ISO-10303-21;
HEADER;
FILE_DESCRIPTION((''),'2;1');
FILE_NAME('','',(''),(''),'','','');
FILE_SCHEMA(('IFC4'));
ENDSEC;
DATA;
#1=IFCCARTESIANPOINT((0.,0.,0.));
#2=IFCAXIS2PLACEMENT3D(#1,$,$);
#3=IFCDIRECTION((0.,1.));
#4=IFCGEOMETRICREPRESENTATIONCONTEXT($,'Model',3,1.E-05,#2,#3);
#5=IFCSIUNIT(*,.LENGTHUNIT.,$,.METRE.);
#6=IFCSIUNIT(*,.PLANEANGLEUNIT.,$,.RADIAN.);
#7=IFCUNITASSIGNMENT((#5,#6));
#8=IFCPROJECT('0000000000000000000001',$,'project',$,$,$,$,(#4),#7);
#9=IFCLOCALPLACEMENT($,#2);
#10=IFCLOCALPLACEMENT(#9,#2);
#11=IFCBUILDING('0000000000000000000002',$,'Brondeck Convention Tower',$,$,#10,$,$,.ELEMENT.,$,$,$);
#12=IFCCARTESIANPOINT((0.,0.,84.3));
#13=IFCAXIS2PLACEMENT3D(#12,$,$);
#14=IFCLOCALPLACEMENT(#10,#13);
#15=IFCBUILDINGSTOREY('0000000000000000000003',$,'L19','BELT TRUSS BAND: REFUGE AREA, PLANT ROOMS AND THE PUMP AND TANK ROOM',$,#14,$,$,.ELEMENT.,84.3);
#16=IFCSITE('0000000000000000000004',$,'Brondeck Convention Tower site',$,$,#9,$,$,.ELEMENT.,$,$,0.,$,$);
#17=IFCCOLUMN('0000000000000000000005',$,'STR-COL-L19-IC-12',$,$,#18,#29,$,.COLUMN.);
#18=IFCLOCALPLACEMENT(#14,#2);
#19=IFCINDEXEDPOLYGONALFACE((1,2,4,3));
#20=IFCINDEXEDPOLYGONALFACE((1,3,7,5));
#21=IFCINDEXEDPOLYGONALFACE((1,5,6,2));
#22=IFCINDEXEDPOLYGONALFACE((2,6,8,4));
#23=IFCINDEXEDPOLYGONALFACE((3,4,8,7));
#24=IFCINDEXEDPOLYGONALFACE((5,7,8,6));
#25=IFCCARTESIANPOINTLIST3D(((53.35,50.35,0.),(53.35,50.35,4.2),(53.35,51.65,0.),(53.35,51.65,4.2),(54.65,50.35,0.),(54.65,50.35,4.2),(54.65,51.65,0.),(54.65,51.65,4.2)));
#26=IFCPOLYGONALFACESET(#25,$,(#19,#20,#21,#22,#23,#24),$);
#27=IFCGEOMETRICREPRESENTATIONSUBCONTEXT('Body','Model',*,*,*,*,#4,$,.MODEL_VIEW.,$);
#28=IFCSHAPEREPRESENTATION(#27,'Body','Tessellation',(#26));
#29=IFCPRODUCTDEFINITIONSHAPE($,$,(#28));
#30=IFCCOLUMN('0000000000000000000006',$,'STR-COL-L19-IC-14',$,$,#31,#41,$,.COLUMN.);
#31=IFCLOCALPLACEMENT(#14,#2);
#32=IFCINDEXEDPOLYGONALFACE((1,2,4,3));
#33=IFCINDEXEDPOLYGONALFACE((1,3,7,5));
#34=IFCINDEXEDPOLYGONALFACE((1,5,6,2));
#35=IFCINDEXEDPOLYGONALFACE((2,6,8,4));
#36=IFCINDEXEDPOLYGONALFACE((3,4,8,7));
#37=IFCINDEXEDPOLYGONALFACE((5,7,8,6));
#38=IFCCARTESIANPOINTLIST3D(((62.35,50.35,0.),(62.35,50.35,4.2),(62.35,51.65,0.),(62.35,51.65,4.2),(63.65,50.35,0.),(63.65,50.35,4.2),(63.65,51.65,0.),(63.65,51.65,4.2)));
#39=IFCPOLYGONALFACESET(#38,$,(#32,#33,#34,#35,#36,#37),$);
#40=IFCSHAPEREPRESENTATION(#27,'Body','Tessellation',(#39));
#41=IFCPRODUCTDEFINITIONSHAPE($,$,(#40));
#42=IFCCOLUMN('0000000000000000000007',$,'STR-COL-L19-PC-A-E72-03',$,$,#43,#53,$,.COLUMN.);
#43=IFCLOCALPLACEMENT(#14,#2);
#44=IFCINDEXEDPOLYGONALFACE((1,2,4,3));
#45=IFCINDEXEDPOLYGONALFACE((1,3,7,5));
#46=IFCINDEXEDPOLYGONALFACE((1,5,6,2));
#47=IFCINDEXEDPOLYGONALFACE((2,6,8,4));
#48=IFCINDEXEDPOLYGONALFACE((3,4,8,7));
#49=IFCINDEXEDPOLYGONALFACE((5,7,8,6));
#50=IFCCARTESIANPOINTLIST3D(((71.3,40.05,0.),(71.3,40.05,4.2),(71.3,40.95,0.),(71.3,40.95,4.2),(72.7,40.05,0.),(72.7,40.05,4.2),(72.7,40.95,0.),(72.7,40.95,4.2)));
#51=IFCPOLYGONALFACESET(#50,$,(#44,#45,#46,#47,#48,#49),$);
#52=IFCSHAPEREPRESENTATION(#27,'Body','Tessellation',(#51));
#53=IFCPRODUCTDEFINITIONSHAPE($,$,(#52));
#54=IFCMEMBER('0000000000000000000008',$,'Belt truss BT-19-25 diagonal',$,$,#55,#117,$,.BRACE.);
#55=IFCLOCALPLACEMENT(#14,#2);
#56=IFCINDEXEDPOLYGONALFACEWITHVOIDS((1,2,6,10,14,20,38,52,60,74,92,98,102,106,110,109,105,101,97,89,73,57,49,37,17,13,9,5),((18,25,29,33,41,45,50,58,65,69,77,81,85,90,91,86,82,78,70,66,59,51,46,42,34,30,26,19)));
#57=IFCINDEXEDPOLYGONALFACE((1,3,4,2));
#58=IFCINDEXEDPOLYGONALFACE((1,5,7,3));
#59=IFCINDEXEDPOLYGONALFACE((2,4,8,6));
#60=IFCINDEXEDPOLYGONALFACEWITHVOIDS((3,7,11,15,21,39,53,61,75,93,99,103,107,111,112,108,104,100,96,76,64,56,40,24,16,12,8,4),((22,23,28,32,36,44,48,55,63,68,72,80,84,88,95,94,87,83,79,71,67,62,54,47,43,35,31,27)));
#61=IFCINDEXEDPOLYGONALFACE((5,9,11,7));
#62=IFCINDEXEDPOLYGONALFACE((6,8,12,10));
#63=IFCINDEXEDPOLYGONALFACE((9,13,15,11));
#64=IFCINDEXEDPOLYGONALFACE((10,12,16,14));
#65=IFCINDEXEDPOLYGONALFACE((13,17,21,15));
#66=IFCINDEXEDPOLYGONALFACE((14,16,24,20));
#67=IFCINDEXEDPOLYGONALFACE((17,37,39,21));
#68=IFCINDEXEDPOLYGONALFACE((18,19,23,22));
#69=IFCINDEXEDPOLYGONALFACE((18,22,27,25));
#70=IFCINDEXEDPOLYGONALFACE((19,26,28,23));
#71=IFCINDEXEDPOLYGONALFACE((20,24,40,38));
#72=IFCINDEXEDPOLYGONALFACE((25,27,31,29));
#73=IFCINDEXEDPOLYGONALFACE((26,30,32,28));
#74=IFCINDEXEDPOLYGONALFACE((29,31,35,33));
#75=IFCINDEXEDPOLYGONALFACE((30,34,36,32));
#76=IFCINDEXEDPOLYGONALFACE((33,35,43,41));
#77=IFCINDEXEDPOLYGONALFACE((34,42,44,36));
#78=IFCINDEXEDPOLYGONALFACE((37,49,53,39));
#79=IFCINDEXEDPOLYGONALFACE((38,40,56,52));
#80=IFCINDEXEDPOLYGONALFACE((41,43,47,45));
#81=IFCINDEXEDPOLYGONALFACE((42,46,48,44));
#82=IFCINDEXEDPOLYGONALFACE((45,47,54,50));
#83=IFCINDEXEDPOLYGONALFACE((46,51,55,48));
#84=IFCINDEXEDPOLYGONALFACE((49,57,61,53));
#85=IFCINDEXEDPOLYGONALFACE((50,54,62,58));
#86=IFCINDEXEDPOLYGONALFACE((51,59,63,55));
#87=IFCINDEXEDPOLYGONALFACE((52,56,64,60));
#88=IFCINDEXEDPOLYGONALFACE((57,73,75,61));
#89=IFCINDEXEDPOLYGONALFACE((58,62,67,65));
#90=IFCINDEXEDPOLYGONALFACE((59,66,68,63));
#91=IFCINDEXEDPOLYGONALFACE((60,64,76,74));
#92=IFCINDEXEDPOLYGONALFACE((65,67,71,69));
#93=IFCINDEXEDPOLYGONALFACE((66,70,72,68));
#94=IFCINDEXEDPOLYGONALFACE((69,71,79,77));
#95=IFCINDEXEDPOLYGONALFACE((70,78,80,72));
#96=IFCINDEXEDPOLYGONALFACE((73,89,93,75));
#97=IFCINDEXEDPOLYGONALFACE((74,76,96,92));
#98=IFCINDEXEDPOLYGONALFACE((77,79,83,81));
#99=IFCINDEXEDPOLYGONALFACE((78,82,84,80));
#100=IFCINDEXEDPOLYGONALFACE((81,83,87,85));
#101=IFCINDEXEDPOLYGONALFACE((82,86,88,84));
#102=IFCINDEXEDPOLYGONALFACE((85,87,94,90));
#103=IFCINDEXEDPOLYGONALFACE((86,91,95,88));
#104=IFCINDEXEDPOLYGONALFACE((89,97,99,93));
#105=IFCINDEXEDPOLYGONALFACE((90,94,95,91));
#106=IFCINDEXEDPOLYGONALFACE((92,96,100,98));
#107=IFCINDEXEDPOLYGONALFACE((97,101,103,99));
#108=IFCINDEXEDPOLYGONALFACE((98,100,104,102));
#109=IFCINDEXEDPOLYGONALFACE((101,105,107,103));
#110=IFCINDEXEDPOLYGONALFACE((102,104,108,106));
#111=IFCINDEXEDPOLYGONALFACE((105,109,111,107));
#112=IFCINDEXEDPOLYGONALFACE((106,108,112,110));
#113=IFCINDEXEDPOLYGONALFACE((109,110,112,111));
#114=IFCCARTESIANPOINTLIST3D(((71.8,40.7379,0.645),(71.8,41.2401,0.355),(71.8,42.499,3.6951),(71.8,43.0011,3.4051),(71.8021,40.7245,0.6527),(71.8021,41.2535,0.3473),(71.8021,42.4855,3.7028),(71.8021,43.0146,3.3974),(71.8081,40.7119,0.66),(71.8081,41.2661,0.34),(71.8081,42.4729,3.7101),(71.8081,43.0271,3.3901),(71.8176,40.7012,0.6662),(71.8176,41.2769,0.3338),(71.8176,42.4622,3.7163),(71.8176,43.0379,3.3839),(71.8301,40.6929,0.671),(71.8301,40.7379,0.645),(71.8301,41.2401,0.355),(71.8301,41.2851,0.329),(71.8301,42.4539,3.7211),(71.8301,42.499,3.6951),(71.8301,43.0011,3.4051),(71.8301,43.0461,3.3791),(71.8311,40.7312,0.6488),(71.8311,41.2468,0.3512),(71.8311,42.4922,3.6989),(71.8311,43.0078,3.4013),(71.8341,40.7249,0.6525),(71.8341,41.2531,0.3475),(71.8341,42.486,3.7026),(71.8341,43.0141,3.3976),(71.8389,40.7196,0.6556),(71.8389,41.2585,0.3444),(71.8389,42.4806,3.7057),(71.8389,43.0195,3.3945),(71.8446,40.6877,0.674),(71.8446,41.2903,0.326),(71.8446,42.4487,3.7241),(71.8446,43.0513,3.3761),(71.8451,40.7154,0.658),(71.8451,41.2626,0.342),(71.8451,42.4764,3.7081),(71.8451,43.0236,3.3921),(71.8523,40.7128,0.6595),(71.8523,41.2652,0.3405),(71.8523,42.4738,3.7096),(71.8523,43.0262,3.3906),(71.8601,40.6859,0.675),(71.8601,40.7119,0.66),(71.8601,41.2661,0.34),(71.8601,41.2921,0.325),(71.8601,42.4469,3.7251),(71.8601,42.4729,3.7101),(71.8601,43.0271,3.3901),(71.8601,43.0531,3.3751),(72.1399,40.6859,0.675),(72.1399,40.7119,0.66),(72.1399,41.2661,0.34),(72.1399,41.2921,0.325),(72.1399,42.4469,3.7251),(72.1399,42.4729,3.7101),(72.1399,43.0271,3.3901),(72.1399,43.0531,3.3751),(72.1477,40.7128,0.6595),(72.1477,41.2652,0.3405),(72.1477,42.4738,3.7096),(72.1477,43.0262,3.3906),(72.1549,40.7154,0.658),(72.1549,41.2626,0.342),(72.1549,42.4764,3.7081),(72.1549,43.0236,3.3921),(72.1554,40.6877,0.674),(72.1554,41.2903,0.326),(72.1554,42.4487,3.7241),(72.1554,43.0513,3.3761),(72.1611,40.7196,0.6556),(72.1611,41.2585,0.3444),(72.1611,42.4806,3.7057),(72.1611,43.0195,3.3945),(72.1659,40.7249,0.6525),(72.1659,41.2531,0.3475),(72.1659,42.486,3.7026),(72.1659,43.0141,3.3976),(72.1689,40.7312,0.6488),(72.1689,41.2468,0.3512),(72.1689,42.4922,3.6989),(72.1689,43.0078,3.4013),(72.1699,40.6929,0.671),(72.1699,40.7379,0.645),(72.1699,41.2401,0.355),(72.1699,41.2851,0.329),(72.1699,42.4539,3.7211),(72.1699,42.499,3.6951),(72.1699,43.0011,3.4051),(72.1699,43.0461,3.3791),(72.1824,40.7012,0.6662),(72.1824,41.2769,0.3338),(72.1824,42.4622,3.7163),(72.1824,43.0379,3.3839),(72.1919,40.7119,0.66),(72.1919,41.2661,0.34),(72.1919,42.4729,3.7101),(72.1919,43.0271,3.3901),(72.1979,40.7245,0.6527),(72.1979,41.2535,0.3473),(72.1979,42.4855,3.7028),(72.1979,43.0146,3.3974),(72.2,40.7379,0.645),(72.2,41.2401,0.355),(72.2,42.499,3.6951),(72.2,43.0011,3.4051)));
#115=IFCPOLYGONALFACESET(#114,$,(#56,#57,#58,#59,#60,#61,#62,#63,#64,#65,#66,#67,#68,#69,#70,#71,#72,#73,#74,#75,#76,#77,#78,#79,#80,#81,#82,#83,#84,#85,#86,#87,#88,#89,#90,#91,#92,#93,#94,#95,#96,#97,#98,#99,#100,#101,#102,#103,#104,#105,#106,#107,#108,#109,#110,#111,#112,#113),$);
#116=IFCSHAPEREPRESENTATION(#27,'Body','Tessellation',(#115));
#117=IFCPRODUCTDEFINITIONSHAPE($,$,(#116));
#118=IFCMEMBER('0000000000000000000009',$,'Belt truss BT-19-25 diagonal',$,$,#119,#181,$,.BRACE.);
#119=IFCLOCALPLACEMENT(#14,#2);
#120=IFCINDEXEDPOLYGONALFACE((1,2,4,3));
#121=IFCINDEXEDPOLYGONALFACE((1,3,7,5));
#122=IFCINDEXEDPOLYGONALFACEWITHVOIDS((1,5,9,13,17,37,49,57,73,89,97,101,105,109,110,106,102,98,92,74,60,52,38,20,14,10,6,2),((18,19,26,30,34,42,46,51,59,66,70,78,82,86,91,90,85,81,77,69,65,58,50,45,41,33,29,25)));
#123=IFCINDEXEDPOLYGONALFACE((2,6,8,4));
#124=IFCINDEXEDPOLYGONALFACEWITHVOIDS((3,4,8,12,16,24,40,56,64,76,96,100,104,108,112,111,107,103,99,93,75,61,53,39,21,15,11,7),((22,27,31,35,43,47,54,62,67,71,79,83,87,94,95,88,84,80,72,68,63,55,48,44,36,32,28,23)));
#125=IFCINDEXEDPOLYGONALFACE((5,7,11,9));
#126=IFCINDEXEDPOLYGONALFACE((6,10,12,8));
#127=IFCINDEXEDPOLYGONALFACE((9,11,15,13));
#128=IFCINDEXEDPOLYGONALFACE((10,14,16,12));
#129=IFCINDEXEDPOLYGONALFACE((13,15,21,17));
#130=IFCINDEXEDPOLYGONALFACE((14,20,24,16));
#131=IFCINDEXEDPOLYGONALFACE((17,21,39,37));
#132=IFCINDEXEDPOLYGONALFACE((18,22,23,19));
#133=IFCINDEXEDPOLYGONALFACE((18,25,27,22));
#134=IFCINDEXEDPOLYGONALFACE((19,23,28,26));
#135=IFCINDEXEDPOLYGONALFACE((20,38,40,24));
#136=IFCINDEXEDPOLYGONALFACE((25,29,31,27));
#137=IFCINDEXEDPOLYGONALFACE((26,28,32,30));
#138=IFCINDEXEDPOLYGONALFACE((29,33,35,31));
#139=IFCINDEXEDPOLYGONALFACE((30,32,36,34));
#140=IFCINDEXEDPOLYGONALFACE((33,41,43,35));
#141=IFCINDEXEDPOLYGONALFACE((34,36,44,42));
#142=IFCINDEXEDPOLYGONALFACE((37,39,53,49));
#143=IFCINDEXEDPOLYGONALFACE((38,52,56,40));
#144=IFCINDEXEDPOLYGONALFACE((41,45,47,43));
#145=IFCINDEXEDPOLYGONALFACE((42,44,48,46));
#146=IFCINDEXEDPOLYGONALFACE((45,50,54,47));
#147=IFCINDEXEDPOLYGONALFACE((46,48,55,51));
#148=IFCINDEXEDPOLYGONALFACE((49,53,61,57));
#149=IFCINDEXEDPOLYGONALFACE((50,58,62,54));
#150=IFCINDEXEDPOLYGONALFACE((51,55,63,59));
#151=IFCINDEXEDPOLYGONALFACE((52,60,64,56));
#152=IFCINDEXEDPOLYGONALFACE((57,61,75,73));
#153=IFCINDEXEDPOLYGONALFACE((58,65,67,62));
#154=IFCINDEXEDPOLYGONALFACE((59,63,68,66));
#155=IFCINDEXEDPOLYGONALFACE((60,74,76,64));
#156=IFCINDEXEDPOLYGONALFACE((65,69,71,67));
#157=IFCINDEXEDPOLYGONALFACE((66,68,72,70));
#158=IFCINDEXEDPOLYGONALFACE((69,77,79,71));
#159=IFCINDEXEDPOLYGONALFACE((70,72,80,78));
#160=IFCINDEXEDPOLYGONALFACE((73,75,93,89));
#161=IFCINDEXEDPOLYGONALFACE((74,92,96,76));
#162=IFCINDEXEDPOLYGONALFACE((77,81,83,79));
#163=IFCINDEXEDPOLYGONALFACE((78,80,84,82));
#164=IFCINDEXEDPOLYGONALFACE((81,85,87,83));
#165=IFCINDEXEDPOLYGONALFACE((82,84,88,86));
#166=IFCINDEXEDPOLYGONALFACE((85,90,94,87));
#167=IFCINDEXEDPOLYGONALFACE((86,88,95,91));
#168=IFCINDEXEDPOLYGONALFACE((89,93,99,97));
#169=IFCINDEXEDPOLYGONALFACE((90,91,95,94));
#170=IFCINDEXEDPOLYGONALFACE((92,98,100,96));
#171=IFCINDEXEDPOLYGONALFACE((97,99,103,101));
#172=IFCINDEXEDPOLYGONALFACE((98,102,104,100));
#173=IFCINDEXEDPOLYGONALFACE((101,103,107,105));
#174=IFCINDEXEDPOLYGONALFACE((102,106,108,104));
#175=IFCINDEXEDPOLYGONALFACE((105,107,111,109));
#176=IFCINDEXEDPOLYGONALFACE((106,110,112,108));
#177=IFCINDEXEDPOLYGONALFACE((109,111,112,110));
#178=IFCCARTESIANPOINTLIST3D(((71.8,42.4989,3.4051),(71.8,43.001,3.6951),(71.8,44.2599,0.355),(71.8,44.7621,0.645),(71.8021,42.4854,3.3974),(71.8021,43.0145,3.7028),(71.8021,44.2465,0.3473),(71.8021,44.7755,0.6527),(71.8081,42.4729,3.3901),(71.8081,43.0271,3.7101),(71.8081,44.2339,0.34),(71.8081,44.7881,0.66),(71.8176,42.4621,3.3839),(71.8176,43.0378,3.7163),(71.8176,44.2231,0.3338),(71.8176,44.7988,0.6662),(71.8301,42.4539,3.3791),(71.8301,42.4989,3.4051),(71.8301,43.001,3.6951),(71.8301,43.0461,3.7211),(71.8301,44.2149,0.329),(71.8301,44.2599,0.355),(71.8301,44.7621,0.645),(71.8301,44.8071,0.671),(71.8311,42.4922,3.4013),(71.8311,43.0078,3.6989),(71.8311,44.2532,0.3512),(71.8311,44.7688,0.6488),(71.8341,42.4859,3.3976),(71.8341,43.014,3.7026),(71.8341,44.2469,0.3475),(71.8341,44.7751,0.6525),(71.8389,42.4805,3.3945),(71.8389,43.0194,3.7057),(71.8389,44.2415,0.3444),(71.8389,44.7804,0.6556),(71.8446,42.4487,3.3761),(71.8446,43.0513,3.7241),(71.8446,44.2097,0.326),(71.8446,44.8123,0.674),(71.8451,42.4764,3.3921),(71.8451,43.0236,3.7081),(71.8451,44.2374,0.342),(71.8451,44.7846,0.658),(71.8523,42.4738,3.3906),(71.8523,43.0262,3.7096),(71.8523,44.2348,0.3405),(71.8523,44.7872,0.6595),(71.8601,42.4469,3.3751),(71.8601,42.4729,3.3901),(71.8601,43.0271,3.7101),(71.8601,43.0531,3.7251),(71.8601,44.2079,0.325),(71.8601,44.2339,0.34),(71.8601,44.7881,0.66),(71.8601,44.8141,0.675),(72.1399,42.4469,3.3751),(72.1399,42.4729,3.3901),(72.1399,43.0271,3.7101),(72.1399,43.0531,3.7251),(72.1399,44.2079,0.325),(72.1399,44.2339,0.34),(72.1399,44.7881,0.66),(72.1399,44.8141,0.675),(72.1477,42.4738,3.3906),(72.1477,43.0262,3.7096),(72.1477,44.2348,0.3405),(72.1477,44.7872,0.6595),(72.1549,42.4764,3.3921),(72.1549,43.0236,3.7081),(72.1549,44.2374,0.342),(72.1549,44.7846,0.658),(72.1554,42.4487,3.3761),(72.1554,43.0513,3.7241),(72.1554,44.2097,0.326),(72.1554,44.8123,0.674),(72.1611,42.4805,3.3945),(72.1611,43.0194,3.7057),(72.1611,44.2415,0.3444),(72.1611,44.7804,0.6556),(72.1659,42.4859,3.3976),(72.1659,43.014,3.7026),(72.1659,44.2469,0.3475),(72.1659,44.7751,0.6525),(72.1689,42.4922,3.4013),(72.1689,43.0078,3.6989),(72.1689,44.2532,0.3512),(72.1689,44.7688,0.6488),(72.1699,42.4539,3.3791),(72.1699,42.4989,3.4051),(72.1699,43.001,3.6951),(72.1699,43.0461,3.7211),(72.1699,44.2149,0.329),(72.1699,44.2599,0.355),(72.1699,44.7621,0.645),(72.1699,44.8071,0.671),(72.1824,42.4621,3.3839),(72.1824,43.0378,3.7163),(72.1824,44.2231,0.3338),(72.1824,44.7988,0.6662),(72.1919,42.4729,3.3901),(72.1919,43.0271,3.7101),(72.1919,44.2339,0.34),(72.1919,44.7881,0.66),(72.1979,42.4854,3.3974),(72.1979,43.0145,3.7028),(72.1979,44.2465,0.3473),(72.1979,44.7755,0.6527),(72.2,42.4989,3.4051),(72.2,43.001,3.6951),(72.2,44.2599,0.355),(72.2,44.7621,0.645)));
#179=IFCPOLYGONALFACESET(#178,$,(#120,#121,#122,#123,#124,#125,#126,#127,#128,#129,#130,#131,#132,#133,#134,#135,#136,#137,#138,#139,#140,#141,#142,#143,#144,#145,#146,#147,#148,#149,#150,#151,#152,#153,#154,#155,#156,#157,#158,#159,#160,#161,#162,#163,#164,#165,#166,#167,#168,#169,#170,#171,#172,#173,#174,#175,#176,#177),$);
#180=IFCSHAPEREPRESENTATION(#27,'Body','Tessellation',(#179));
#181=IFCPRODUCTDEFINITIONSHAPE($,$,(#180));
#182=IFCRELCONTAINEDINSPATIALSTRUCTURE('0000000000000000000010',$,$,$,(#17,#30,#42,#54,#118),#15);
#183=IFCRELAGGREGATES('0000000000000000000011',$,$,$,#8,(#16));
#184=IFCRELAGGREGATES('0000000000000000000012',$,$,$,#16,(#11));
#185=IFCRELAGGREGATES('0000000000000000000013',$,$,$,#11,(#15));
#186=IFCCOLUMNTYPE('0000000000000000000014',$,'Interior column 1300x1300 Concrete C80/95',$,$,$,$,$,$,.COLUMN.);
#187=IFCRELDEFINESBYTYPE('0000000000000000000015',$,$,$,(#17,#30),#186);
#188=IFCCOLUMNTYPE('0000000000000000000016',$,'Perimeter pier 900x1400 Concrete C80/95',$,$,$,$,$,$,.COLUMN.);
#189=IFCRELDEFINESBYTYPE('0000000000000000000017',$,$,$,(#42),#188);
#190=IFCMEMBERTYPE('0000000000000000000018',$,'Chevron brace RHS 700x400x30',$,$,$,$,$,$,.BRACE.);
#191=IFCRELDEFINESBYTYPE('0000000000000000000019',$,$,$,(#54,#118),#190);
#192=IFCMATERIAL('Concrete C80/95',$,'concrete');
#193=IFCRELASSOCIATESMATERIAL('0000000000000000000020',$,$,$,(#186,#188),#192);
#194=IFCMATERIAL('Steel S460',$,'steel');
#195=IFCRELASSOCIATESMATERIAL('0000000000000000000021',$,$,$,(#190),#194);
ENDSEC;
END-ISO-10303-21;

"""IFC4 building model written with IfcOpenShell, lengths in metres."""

from ifc_helpers import new_model, si_unit, direction, frame, origin, origin_2d, place, context, subcontext, project, spatial, rectangle, hollow_rectangle, extrude, material, material_profile, profile_set, type_object, element, save


model = new_model("IFC4")

# Units and contexts
model_context = context("Model", 3, precision=1e-05, world=origin(), true_north=direction((0.0, 1.0)))
body_context = subcontext(model_context, "Body", "Model", "MODEL_VIEW")
ifc_project = project(units=[si_unit("LENGTHUNIT", "METRE"), si_unit("PLANEANGLEUNIT", "RADIAN")], contexts=[model_context])

# Site, building, storey
site_placement = place(None, origin())
site = spatial("IfcSite", under=ifc_project, at=site_placement, Name="Brondeck Convention Tower site", CompositionType="ELEMENT", RefElevation=0.0)
building_placement = place(site_placement, origin())
building = spatial("IfcBuilding", under=site, at=building_placement, Name="Brondeck Convention Tower", CompositionType="ELEMENT")
storey_placement = place(building_placement, frame((0.0, 0.0, 84.3)))
storey = spatial("IfcBuildingStorey", under=building, at=storey_placement, Name="L19", Description="BELT TRUSS BAND: REFUGE AREA, PLANT ROOMS AND THE PUMP AND TANK ROOM", CompositionType="ELEMENT", Elevation=84.3)

# Columns
ifc_material_1 = material(Name="Concrete C80/95", Category="concrete")
ifc_material_profile_1 = material_profile(ifc_material_1, rectangle(XDim=1.3, YDim=1.3, at=origin_2d()), Name="Interior column 1300x1300 Concrete C80/95")
ifc_profile_set_1 = profile_set([ifc_material_profile_1], Name="Concrete C80/95")
column_type_1 = type_object("IfcColumnType", Name="Interior column 1300x1300 Concrete C80/95", PredefinedType="COLUMN", material=ifc_profile_set_1)
for number, where, z_axis, x_axis, name in (
    (1, (54.0, 51.0, 0.0), (0.0, 0.0, 1.0), (1.0, 0.0, 0.0), "STR-COL-L19-IC-12"),
    (2, (63.0, 51.0, 0.0), (0.0, 0.0, 1.0), (1.0, 0.0, 0.0), "STR-COL-L19-IC-14"),
):
    element("IfcColumn", number, at=place(storey_placement, frame(where, z_axis=z_axis, x_axis=x_axis)), inside=storey, type_object=column_type_1, Name=name, PredefinedType="COLUMN", context=body_context, shape_type="SweptSolid", body=[
        extrude(rectangle(XDim=1.3, YDim=1.3, at=origin_2d()), origin(), (0.0, 0.0, 1.0), 4.2),
    ])
ifc_material_profile_2 = material_profile(ifc_material_1, rectangle(XDim=0.8999, YDim=1.3999, at=origin_2d()), Name="Perimeter pier 900x1400 Concrete C80/95")
ifc_profile_set_2 = profile_set([ifc_material_profile_2], Name="Concrete C80/95")
column_type_2 = type_object("IfcColumnType", Name="Perimeter pier 900x1400 Concrete C80/95", PredefinedType="COLUMN", material=ifc_profile_set_2)
column_placement = place(storey_placement, frame((72.0, 40.5, 0.0), z_axis=(0.0, 0.0, 1.0), x_axis=(0.0, 1.0, 0.0)))
element("IfcColumn", 3, at=column_placement, inside=storey, type_object=column_type_2, Name="STR-COL-L19-PC-A-E72-03", PredefinedType="COLUMN", context=body_context, shape_type="SweptSolid", body=[
    extrude(rectangle(XDim=0.8999, YDim=1.3999, at=origin_2d()), origin(), (0.0, 0.0, 1.0), 4.2),
])

# Members
ifc_material_2 = material(Name="Steel S460", Category="steel")
ifc_material_profile_3 = material_profile(ifc_material_2, hollow_rectangle(XDim=0.3999, YDim=0.7, WallThickness=0.03, InnerFilletRadius=0.03, OuterFilletRadius=0.0601, at=origin_2d()), Name="RHS 700x400x30")
ifc_profile_set_3 = profile_set([ifc_material_profile_3], Name="Steel S460")
member_type_1 = type_object("IfcMemberType", Name="Chevron brace RHS 700x400x30", PredefinedType="BRACE", material=ifc_profile_set_3)
for number, where, z_axis, x_axis, name in (
    (4, (72.0, 40.989, 0.5), (0.0, 0.500008, 0.866021), (-1.0, 0.0, 0.0), "Belt truss BT-19-25 diagonal"),
    (5, (72.0, 44.511, 0.5), (0.0, -0.500008, 0.866021), (1.0, 0.0, 0.0), "Belt truss BT-19-25 diagonal"),
):
    element("IfcMember", number, at=place(storey_placement, frame(where, z_axis=z_axis, x_axis=x_axis)), inside=storey, type_object=member_type_1, Name=name, PredefinedType="BRACE", context=body_context, shape_type="SweptSolid", body=[
        extrude(hollow_rectangle(XDim=0.3999, YDim=0.7, WallThickness=0.03, InnerFilletRadius=0.03, OuterFilletRadius=0.0601, at=origin_2d()), origin(), (0.0, 0.0, 1.0), 3.522),
    ])

save(model, "model.ifc")
